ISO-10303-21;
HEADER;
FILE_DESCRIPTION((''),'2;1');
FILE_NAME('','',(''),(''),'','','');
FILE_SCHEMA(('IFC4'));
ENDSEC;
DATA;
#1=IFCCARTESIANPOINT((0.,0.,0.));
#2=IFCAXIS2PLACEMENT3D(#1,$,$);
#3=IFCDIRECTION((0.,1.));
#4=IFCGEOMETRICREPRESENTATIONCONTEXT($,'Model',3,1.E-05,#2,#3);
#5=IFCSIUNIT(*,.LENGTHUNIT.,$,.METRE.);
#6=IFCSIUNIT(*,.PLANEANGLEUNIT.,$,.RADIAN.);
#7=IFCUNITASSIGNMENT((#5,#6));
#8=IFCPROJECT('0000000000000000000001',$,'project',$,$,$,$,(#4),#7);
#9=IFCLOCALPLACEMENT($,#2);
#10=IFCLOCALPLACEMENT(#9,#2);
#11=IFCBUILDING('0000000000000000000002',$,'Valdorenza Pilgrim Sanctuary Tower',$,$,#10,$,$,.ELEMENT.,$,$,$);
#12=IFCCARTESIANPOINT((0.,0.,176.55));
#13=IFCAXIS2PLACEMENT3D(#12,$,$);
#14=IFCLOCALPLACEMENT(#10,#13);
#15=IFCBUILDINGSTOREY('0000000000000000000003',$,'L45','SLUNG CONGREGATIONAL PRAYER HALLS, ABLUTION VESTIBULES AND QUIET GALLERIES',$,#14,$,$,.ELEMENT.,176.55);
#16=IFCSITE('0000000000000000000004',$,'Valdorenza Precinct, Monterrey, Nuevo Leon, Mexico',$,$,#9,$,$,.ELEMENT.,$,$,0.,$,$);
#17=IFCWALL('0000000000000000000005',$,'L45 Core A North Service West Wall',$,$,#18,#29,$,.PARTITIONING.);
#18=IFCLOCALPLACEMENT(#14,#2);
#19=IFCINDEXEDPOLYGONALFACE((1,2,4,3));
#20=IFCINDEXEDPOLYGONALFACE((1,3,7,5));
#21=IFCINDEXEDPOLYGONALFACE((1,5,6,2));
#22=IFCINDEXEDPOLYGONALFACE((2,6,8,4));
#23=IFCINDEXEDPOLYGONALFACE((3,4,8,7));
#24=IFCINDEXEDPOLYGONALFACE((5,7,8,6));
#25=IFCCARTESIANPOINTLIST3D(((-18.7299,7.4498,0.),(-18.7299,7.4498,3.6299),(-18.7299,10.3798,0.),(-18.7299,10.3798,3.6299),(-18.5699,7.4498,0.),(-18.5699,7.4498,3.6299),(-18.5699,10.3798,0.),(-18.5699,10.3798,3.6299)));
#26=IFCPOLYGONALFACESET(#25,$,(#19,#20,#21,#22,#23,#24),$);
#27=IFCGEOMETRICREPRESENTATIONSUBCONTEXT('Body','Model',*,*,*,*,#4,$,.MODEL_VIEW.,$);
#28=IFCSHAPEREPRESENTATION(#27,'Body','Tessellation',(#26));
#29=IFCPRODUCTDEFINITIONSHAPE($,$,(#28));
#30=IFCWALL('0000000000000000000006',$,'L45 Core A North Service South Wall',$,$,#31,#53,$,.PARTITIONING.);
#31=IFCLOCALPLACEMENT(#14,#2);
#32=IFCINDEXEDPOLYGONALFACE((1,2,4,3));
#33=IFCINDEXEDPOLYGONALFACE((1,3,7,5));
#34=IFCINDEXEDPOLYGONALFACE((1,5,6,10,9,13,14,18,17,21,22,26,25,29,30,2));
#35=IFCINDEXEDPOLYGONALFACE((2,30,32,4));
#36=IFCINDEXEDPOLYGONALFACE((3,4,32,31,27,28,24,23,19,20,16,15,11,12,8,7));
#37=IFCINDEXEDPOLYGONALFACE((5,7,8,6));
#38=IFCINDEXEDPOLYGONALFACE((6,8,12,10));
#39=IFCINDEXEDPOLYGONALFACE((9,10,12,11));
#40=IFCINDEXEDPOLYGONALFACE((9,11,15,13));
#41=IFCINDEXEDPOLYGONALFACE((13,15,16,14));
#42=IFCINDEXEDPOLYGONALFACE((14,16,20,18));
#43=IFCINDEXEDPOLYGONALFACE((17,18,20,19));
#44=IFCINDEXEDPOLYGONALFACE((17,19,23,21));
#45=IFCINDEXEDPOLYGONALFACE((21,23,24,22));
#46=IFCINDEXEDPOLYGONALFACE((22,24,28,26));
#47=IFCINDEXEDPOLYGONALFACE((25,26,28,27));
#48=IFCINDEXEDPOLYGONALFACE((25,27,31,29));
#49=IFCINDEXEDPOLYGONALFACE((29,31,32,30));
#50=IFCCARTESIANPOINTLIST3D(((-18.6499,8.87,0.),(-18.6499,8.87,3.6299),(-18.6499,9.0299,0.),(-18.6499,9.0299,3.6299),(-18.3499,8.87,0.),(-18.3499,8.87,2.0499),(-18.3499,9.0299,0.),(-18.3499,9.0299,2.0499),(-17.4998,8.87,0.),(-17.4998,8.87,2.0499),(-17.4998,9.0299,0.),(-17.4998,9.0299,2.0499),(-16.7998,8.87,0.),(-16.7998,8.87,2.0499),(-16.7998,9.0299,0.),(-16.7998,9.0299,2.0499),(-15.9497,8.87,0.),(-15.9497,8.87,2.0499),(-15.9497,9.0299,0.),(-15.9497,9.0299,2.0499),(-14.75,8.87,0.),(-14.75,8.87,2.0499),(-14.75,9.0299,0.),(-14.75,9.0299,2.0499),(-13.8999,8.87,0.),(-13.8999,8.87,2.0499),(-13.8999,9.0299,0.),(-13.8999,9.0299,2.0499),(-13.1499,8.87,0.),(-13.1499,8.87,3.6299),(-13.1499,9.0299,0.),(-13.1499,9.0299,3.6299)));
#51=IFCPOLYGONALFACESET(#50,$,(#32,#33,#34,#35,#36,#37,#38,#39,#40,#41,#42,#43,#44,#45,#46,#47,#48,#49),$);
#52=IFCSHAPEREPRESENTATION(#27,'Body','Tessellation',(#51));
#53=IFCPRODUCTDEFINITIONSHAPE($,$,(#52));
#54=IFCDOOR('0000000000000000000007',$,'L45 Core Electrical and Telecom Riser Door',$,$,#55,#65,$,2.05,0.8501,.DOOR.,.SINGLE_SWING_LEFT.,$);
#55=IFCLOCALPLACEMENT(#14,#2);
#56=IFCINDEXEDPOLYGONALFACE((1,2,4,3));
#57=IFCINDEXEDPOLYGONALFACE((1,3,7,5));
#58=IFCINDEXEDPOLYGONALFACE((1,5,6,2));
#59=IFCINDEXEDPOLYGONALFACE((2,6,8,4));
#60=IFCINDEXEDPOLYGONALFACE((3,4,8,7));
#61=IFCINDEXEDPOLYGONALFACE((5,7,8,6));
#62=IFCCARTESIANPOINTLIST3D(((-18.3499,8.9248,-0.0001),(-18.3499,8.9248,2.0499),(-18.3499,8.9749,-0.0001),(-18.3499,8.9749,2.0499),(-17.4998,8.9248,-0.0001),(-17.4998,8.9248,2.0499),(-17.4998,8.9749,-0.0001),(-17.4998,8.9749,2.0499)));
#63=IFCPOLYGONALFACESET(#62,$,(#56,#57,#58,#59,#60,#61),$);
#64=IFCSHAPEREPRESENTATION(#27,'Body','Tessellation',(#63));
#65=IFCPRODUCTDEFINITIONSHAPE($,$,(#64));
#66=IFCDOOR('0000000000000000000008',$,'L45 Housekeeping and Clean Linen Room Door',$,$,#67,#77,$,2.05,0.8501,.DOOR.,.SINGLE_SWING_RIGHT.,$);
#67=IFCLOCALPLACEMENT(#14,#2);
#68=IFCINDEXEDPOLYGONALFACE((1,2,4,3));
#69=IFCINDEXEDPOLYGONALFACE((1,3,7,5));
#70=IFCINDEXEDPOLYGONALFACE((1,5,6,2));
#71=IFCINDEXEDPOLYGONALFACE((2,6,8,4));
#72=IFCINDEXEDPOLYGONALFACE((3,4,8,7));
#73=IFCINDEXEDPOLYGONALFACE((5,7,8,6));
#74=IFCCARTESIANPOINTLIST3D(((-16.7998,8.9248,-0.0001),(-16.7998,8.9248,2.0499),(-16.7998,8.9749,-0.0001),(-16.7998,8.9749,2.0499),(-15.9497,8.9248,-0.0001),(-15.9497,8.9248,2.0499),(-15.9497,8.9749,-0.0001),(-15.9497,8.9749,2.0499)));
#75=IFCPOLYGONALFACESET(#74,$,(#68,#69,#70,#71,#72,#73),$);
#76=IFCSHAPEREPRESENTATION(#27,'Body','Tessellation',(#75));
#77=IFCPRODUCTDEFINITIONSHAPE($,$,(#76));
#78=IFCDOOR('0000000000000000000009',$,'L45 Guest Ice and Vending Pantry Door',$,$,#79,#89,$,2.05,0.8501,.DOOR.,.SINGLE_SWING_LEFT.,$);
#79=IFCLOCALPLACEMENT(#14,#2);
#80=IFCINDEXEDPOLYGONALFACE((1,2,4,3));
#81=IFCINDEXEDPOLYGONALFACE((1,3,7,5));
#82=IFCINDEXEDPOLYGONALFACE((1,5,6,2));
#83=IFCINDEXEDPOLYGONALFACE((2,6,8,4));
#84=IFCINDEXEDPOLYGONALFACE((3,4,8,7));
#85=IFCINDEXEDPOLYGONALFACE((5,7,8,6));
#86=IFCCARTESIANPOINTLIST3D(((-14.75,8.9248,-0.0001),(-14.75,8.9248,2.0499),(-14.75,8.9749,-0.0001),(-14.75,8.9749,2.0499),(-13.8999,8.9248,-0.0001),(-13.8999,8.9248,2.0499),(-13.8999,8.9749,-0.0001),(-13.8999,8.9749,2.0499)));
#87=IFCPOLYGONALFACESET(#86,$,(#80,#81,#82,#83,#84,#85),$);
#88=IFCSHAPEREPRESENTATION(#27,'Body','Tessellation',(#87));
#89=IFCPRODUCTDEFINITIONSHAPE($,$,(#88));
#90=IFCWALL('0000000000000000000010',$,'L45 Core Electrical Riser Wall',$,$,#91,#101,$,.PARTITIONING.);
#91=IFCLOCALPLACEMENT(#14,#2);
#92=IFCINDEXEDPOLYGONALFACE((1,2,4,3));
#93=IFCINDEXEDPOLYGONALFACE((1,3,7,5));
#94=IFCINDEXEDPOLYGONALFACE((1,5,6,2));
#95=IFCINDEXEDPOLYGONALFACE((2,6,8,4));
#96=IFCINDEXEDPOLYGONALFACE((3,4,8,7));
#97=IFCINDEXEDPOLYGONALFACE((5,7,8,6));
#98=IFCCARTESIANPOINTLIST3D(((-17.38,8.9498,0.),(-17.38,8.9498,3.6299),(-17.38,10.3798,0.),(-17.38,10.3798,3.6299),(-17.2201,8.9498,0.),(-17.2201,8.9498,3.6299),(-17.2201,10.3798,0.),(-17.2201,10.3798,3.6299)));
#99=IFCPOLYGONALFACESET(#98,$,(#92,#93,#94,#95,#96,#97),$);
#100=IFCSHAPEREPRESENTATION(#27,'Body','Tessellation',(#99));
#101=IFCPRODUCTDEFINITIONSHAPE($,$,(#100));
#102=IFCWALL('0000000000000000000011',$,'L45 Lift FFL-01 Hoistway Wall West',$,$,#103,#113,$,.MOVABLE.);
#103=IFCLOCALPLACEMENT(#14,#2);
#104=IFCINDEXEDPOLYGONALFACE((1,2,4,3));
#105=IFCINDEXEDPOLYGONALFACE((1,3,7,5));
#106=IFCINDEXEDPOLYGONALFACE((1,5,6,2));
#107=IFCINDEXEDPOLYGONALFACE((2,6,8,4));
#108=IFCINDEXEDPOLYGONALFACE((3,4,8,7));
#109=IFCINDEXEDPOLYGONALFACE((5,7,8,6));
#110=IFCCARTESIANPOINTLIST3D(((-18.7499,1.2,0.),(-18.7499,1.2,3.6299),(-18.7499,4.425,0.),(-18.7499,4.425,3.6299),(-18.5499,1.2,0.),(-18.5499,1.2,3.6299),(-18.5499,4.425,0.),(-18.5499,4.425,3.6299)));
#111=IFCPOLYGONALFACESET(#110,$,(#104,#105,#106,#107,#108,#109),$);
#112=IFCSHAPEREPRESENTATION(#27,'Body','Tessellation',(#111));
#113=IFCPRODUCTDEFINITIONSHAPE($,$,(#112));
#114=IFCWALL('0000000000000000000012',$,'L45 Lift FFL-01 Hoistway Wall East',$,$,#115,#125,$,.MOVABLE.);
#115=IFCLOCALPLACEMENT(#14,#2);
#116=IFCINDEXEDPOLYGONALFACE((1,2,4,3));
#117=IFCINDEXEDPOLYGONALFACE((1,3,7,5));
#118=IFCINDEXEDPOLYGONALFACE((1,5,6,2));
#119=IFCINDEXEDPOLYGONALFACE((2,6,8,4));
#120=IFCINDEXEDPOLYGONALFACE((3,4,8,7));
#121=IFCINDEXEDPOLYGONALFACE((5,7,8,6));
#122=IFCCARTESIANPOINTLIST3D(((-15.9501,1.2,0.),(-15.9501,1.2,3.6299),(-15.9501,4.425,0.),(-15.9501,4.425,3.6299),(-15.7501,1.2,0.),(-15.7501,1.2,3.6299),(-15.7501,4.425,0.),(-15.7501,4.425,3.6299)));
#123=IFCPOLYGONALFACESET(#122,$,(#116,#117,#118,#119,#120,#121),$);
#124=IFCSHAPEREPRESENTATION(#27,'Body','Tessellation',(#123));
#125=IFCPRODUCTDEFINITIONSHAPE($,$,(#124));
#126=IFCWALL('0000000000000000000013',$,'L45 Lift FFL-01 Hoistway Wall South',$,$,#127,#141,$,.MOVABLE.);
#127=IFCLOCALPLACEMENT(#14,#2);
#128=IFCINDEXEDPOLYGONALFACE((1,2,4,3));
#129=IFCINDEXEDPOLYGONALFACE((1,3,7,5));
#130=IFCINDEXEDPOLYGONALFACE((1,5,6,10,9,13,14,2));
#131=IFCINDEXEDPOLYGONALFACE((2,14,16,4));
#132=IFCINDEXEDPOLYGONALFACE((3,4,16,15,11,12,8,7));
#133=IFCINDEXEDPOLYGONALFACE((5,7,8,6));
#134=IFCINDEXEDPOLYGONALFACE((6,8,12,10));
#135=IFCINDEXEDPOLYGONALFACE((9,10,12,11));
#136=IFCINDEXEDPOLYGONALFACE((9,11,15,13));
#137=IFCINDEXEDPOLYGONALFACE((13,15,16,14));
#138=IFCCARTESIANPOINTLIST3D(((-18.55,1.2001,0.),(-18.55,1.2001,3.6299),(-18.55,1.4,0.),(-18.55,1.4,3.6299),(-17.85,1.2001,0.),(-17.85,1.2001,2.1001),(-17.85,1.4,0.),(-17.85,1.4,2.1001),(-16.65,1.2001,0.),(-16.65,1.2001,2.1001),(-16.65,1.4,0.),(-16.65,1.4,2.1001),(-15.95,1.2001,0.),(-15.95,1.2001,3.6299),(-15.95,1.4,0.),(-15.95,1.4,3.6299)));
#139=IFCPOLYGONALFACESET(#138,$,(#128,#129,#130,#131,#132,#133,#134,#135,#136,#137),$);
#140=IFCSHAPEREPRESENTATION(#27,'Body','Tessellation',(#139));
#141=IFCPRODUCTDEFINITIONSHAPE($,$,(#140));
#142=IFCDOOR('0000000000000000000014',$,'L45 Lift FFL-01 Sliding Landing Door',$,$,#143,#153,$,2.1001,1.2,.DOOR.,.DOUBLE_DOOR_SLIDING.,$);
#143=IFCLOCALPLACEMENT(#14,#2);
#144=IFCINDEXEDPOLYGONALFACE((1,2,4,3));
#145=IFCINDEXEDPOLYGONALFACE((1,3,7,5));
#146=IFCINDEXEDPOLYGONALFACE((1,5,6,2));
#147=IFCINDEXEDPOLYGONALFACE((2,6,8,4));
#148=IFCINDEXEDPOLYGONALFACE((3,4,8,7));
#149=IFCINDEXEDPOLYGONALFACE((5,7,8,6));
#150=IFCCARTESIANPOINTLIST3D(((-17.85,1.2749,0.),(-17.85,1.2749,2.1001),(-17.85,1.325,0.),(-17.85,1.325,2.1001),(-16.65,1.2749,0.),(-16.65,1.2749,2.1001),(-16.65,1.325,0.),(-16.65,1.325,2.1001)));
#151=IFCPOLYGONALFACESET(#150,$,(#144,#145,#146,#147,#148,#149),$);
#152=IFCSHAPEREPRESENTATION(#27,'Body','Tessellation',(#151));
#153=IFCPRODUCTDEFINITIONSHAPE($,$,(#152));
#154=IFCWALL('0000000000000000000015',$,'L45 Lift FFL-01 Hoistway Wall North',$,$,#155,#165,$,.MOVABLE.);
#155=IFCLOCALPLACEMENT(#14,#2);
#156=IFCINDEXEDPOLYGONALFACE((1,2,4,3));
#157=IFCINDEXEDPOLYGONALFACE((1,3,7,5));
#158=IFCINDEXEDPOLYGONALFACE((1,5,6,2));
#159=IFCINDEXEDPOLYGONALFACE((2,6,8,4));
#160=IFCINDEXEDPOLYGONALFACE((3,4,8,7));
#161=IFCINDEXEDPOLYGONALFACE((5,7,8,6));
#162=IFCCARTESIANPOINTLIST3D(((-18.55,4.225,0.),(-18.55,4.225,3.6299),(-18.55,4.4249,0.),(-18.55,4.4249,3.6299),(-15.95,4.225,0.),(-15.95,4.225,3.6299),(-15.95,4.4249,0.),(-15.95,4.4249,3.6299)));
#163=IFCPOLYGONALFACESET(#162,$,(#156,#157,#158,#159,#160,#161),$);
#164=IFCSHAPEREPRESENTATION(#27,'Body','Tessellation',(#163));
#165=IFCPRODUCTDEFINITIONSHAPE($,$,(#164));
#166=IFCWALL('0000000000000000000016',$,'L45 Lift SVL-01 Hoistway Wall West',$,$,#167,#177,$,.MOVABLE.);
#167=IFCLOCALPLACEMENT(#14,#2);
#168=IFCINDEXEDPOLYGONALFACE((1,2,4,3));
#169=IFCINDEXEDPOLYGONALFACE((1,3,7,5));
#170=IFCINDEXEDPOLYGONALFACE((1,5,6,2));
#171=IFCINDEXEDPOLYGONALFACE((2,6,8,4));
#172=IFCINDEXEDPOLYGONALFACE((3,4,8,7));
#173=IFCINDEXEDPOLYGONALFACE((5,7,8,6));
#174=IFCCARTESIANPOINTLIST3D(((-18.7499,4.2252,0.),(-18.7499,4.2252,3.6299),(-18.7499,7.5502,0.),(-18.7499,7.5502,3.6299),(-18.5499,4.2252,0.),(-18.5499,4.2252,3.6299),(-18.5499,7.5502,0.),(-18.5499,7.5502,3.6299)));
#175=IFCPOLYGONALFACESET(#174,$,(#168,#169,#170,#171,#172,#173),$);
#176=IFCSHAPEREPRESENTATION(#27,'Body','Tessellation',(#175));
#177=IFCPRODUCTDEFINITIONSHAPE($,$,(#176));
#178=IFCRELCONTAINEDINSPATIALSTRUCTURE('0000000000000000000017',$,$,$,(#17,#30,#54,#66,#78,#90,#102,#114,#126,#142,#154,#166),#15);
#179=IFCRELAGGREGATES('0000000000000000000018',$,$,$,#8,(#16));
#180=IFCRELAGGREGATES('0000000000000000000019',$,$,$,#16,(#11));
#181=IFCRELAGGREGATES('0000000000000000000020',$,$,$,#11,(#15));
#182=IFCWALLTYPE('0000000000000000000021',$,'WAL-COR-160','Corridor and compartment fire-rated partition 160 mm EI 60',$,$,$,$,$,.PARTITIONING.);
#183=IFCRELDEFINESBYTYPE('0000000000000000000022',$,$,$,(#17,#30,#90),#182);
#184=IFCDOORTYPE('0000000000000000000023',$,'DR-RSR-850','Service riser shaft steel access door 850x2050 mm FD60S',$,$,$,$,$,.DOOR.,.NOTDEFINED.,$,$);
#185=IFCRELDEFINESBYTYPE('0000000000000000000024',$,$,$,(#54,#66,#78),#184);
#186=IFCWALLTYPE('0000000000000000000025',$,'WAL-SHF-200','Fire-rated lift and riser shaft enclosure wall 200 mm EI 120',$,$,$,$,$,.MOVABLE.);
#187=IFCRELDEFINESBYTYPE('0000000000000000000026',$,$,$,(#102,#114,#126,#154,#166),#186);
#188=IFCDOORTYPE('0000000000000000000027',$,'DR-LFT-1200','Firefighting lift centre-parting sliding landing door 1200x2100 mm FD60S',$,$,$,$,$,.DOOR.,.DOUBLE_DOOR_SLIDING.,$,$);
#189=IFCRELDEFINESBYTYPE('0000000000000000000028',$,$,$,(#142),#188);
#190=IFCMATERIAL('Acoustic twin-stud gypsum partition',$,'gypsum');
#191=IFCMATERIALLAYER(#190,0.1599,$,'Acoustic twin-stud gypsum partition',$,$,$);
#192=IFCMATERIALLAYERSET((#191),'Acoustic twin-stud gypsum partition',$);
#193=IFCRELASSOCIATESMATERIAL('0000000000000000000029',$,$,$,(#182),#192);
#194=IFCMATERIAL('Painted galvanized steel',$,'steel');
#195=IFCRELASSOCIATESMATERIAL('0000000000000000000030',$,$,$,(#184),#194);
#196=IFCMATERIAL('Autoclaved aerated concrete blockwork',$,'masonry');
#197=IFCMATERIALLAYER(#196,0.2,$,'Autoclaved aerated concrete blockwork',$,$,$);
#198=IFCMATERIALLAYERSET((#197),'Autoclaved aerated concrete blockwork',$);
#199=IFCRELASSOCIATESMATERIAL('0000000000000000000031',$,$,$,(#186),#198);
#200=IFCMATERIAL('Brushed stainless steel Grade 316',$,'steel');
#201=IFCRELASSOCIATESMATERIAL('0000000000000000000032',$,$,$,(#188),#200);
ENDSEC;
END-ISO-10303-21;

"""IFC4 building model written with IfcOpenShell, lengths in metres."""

from ifc_helpers import new_model, si_unit, direction, frame, frame_2d, origin, place, context, subcontext, project, spatial, rectangle, extrude, material, layer, layer_set, type_object, element, fill, save


model = new_model("IFC4")

# Units and contexts
model_context = context("Model", 3, precision=1e-05, world=origin(), true_north=direction((0.0, 1.0)))
body_context = subcontext(model_context, "Body", "Model", "MODEL_VIEW")
ifc_project = project(units=[si_unit("LENGTHUNIT", "METRE"), si_unit("PLANEANGLEUNIT", "RADIAN")], contexts=[model_context])

# Site, building, storey
site_placement = place(None, origin())
site = spatial("IfcSite", under=ifc_project, at=site_placement, Name="Valdorenza Precinct, Monterrey, Nuevo Leon, Mexico", CompositionType="ELEMENT", RefElevation=0.0)
building_placement = place(site_placement, origin())
building = spatial("IfcBuilding", under=site, at=building_placement, Name="Valdorenza Pilgrim Sanctuary Tower", CompositionType="ELEMENT")
storey_placement = place(building_placement, frame((0.0, 0.0, 176.55)))
storey = spatial("IfcBuildingStorey", under=building, at=storey_placement, Name="L45", Description="SLUNG CONGREGATIONAL PRAYER HALLS, ABLUTION VESTIBULES AND QUIET GALLERIES", CompositionType="ELEMENT", Elevation=176.55)

# Wall
ifc_material_1 = material(Name="Acoustic twin-stud gypsum partition", Category="gypsum")
ifc_layer_1 = layer(ifc_material_1, 0.1599, Name="Acoustic twin-stud gypsum partition")
ifc_layer_set_1 = layer_set([ifc_layer_1], Name="Acoustic twin-stud gypsum partition")
wall_type_1 = type_object("IfcWallType", Name="WAL-COR-160", Description="Corridor and compartment fire-rated partition 160 mm EI 60", PredefinedType="PARTITIONING", material=ifc_layer_set_1)
wall_1_placement = place(storey_placement, frame((-18.6499, 7.45, 0.0), z_axis=(0.0, 0.0, 1.0), x_axis=(0.0, 1.0, 0.0)))
element("IfcWall", 1, at=wall_1_placement, inside=storey, type_object=wall_type_1, Name="L45 Core A North Service West Wall", PredefinedType="PARTITIONING", context=body_context, shape_type="SweptSolid", body=[
    extrude(rectangle(XDim=2.9299, YDim=0.1599, at=frame_2d((1.4648, 0.0))), origin(), (0.0, 0.0, 1.0), 3.6299),
])

# Wall, openings, doors
wall_2_placement = place(storey_placement, frame((-18.6499, 8.95, 0.0), z_axis=(0.0, 0.0, 1.0), x_axis=(1.0, 0.0, 0.0)))
wall_2 = element("IfcWall", 2, at=wall_2_placement, inside=storey, type_object=wall_type_1, Name="L45 Core A North Service South Wall", PredefinedType="PARTITIONING", context=body_context, shape_type="SweptSolid", body=[
    extrude(rectangle(XDim=5.5, YDim=0.1599, at=frame_2d((2.75, 0.0))), origin(), (0.0, 0.0, 1.0), 3.6299),
])
opening_1_placement = place(wall_2_placement, frame((0.3, 0.0, 0.0)))
opening_1 = element("IfcOpeningElement", 3, at=opening_1_placement, cuts=wall_2, PredefinedType="OPENING", context=body_context, shape_type="SweptSolid", body=[
    extrude(rectangle(XDim=0.8501, YDim=2.05, at=frame_2d((0.425, 1.0249))), frame((0.0, 0.0947, 0.0), z_axis=(0.0, -1.0, 0.0), x_axis=(1.0, 0.0, 0.0)), (0.0, 0.0, 1.0), 0.1897),
])
opening_2_placement = place(wall_2_placement, frame((1.8501, 0.0, 0.0)))
opening_2 = element("IfcOpeningElement", 4, at=opening_2_placement, cuts=wall_2, PredefinedType="OPENING", context=body_context, shape_type="SweptSolid", body=[
    extrude(rectangle(XDim=0.8501, YDim=2.05, at=frame_2d((0.425, 1.0249))), frame((0.0, 0.0947, 0.0), z_axis=(0.0, -1.0, 0.0), x_axis=(1.0, 0.0, 0.0)), (0.0, 0.0, 1.0), 0.1897),
])
opening_3_placement = place(wall_2_placement, frame((3.8999, 0.0, 0.0)))
opening_3 = element("IfcOpeningElement", 5, at=opening_3_placement, cuts=wall_2, PredefinedType="OPENING", context=body_context, shape_type="SweptSolid", body=[
    extrude(rectangle(XDim=0.8501, YDim=2.05, at=frame_2d((0.425, 1.0249))), frame((0.0, 0.0947, 0.0), z_axis=(0.0, -1.0, 0.0), x_axis=(1.0, 0.0, 0.0)), (0.0, 0.0, 1.0), 0.1897),
])
ifc_material_2 = material(Name="Painted galvanized steel", Category="steel")
door_type_1 = type_object("IfcDoorType", Name="DR-RSR-850", Description="Service riser shaft steel access door 850x2050 mm FD60S", OperationType="NOTDEFINED", PredefinedType="DOOR", material=ifc_material_2)
door_1_placement = place(opening_1_placement, origin())
door_1 = element("IfcDoor", 6, at=door_1_placement, inside=storey, type_object=door_type_1, Name="L45 Core Electrical and Telecom Riser Door", OperationType="SINGLE_SWING_LEFT", OverallHeight=2.05, OverallWidth=0.8501, PredefinedType="DOOR", context=body_context, shape_type="SweptSolid", body=[
    extrude(rectangle(XDim=0.8501, YDim=2.05, at=frame_2d((0.425, 1.0249))), frame((0.0, 0.0249, 0.0), z_axis=(0.0, -1.0, 0.0), x_axis=(1.0, 0.0, 0.0)), (0.0, 0.0, 1.0), 0.05),
])
fill(opening_1, door_1)
door_2_placement = place(opening_2_placement, origin())
door_2 = element("IfcDoor", 7, at=door_2_placement, inside=storey, type_object=door_type_1, Name="L45 Housekeeping and Clean Linen Room Door", OperationType="SINGLE_SWING_RIGHT", OverallHeight=2.05, OverallWidth=0.8501, PredefinedType="DOOR", context=body_context, shape_type="SweptSolid", body=[
    extrude(rectangle(XDim=0.8501, YDim=2.05, at=frame_2d((0.425, 1.0249))), frame((0.0, 0.0249, 0.0), z_axis=(0.0, -1.0, 0.0), x_axis=(1.0, 0.0, 0.0)), (0.0, 0.0, 1.0), 0.05),
])
fill(opening_2, door_2)
door_3_placement = place(opening_3_placement, origin())
door_3 = element("IfcDoor", 8, at=door_3_placement, inside=storey, type_object=door_type_1, Name="L45 Guest Ice and Vending Pantry Door", OperationType="SINGLE_SWING_LEFT", OverallHeight=2.05, OverallWidth=0.8501, PredefinedType="DOOR", context=body_context, shape_type="SweptSolid", body=[
    extrude(rectangle(XDim=0.8501, YDim=2.05, at=frame_2d((0.425, 1.0249))), frame((0.0, 0.0249, 0.0), z_axis=(0.0, -1.0, 0.0), x_axis=(1.0, 0.0, 0.0)), (0.0, 0.0, 1.0), 0.05),
])
fill(opening_3, door_3)

# Walls
wall_3_placement = place(storey_placement, frame((-17.3, 8.95, 0.0), z_axis=(0.0, 0.0, 1.0), x_axis=(0.0, 1.0, 0.0)))
element("IfcWall", 9, at=wall_3_placement, inside=storey, type_object=wall_type_1, Name="L45 Core Electrical Riser Wall", PredefinedType="PARTITIONING", context=body_context, shape_type="SweptSolid", body=[
    extrude(rectangle(XDim=1.4299, YDim=0.1599, at=frame_2d((0.7148, 0.0))), origin(), (0.0, 0.0, 1.0), 3.6299),
])
ifc_material_3 = material(Name="Autoclaved aerated concrete blockwork", Category="masonry")
ifc_layer_2 = layer(ifc_material_3, 0.2, Name="Autoclaved aerated concrete blockwork")
ifc_layer_set_2 = layer_set([ifc_layer_2], Name="Autoclaved aerated concrete blockwork")
wall_type_2 = type_object("IfcWallType", Name="WAL-SHF-200", Description="Fire-rated lift and riser shaft enclosure wall 200 mm EI 120", PredefinedType="MOVABLE", material=ifc_layer_set_2)
for number, where, z_axis, x_axis, name in (
    (10, (-18.6499, 1.2, 0.0), (0.0, 0.0, 1.0), (0.0, 1.0, 0.0), "L45 Lift FFL-01 Hoistway Wall West"),
    (11, (-15.8501, 1.2, 0.0), (0.0, 0.0, 1.0), (0.0, 1.0, 0.0), "L45 Lift FFL-01 Hoistway Wall East"),
):
    element("IfcWall", number, at=place(storey_placement, frame(where, z_axis=z_axis, x_axis=x_axis)), inside=storey, type_object=wall_type_2, Name=name, PredefinedType="MOVABLE", context=body_context, shape_type="SweptSolid", body=[
        extrude(rectangle(XDim=3.2251, YDim=0.2, at=frame_2d((1.6125, 0.0))), origin(), (0.0, 0.0, 1.0), 3.6299),
    ])

# Wall, opening, door
wall_4_placement = place(storey_placement, frame((-18.55, 1.3, 0.0), z_axis=(0.0, 0.0, 1.0), x_axis=(1.0, 0.0, 0.0)))
wall_4 = element("IfcWall", 12, at=wall_4_placement, inside=storey, type_object=wall_type_2, Name="L45 Lift FFL-01 Hoistway Wall South", PredefinedType="MOVABLE", context=body_context, shape_type="SweptSolid", body=[
    extrude(rectangle(XDim=2.6001, YDim=0.2, at=frame_2d((1.3, 0.0))), origin(), (0.0, 0.0, 1.0), 3.6299),
])
opening_4_placement = place(wall_4_placement, frame((0.7, 0.0, 0.0)))
opening_4 = element("IfcOpeningElement", 13, at=opening_4_placement, cuts=wall_4, PredefinedType="OPENING", context=body_context, shape_type="SweptSolid", body=[
    extrude(rectangle(XDim=1.2, YDim=2.1001, at=frame_2d((0.6001, 1.05))), frame((0.0, 0.1147, 0.0), z_axis=(0.0, -1.0, 0.0), x_axis=(1.0, 0.0, 0.0)), (0.0, 0.0, 1.0), 0.2297),
])
ifc_material_4 = material(Name="Brushed stainless steel Grade 316", Category="steel")
door_type_2 = type_object("IfcDoorType", Name="DR-LFT-1200", Description="Firefighting lift centre-parting sliding landing door 1200x2100 mm FD60S", OperationType="DOUBLE_DOOR_SLIDING", PredefinedType="DOOR", material=ifc_material_4)
door_4_placement = place(opening_4_placement, origin())
door_4 = element("IfcDoor", 14, at=door_4_placement, inside=storey, type_object=door_type_2, Name="L45 Lift FFL-01 Sliding Landing Door", OperationType="DOUBLE_DOOR_SLIDING", OverallHeight=2.1001, OverallWidth=1.2, PredefinedType="DOOR", context=body_context, shape_type="SweptSolid", body=[
    extrude(rectangle(XDim=1.2, YDim=2.1001, at=frame_2d((0.6001, 1.05))), frame((0.0, 0.0249, 0.0), z_axis=(0.0, -1.0, 0.0), x_axis=(1.0, 0.0, 0.0)), (0.0, 0.0, 1.0), 0.05),
])
fill(opening_4, door_4)

# Walls
wall_5_placement = place(storey_placement, frame((-18.55, 4.325, 0.0), z_axis=(0.0, 0.0, 1.0), x_axis=(1.0, 0.0, 0.0)))
element("IfcWall", 15, at=wall_5_placement, inside=storey, type_object=wall_type_2, Name="L45 Lift FFL-01 Hoistway Wall North", PredefinedType="MOVABLE", context=body_context, shape_type="SweptSolid", body=[
    extrude(rectangle(XDim=2.6001, YDim=0.2, at=frame_2d((1.3, 0.0))), origin(), (0.0, 0.0, 1.0), 3.6299),
])
wall_6_placement = place(storey_placement, frame((-18.6499, 4.2251, 0.0), z_axis=(0.0, 0.0, 1.0), x_axis=(0.0, 1.0, 0.0)))
element("IfcWall", 16, at=wall_6_placement, inside=storey, type_object=wall_type_2, Name="L45 Lift SVL-01 Hoistway Wall West", PredefinedType="MOVABLE", context=body_context, shape_type="SweptSolid", body=[
    extrude(rectangle(XDim=3.325, YDim=0.2, at=frame_2d((1.6626, 0.0))), origin(), (0.0, 0.0, 1.0), 3.6299),
])

save(model, "model.ifc")
